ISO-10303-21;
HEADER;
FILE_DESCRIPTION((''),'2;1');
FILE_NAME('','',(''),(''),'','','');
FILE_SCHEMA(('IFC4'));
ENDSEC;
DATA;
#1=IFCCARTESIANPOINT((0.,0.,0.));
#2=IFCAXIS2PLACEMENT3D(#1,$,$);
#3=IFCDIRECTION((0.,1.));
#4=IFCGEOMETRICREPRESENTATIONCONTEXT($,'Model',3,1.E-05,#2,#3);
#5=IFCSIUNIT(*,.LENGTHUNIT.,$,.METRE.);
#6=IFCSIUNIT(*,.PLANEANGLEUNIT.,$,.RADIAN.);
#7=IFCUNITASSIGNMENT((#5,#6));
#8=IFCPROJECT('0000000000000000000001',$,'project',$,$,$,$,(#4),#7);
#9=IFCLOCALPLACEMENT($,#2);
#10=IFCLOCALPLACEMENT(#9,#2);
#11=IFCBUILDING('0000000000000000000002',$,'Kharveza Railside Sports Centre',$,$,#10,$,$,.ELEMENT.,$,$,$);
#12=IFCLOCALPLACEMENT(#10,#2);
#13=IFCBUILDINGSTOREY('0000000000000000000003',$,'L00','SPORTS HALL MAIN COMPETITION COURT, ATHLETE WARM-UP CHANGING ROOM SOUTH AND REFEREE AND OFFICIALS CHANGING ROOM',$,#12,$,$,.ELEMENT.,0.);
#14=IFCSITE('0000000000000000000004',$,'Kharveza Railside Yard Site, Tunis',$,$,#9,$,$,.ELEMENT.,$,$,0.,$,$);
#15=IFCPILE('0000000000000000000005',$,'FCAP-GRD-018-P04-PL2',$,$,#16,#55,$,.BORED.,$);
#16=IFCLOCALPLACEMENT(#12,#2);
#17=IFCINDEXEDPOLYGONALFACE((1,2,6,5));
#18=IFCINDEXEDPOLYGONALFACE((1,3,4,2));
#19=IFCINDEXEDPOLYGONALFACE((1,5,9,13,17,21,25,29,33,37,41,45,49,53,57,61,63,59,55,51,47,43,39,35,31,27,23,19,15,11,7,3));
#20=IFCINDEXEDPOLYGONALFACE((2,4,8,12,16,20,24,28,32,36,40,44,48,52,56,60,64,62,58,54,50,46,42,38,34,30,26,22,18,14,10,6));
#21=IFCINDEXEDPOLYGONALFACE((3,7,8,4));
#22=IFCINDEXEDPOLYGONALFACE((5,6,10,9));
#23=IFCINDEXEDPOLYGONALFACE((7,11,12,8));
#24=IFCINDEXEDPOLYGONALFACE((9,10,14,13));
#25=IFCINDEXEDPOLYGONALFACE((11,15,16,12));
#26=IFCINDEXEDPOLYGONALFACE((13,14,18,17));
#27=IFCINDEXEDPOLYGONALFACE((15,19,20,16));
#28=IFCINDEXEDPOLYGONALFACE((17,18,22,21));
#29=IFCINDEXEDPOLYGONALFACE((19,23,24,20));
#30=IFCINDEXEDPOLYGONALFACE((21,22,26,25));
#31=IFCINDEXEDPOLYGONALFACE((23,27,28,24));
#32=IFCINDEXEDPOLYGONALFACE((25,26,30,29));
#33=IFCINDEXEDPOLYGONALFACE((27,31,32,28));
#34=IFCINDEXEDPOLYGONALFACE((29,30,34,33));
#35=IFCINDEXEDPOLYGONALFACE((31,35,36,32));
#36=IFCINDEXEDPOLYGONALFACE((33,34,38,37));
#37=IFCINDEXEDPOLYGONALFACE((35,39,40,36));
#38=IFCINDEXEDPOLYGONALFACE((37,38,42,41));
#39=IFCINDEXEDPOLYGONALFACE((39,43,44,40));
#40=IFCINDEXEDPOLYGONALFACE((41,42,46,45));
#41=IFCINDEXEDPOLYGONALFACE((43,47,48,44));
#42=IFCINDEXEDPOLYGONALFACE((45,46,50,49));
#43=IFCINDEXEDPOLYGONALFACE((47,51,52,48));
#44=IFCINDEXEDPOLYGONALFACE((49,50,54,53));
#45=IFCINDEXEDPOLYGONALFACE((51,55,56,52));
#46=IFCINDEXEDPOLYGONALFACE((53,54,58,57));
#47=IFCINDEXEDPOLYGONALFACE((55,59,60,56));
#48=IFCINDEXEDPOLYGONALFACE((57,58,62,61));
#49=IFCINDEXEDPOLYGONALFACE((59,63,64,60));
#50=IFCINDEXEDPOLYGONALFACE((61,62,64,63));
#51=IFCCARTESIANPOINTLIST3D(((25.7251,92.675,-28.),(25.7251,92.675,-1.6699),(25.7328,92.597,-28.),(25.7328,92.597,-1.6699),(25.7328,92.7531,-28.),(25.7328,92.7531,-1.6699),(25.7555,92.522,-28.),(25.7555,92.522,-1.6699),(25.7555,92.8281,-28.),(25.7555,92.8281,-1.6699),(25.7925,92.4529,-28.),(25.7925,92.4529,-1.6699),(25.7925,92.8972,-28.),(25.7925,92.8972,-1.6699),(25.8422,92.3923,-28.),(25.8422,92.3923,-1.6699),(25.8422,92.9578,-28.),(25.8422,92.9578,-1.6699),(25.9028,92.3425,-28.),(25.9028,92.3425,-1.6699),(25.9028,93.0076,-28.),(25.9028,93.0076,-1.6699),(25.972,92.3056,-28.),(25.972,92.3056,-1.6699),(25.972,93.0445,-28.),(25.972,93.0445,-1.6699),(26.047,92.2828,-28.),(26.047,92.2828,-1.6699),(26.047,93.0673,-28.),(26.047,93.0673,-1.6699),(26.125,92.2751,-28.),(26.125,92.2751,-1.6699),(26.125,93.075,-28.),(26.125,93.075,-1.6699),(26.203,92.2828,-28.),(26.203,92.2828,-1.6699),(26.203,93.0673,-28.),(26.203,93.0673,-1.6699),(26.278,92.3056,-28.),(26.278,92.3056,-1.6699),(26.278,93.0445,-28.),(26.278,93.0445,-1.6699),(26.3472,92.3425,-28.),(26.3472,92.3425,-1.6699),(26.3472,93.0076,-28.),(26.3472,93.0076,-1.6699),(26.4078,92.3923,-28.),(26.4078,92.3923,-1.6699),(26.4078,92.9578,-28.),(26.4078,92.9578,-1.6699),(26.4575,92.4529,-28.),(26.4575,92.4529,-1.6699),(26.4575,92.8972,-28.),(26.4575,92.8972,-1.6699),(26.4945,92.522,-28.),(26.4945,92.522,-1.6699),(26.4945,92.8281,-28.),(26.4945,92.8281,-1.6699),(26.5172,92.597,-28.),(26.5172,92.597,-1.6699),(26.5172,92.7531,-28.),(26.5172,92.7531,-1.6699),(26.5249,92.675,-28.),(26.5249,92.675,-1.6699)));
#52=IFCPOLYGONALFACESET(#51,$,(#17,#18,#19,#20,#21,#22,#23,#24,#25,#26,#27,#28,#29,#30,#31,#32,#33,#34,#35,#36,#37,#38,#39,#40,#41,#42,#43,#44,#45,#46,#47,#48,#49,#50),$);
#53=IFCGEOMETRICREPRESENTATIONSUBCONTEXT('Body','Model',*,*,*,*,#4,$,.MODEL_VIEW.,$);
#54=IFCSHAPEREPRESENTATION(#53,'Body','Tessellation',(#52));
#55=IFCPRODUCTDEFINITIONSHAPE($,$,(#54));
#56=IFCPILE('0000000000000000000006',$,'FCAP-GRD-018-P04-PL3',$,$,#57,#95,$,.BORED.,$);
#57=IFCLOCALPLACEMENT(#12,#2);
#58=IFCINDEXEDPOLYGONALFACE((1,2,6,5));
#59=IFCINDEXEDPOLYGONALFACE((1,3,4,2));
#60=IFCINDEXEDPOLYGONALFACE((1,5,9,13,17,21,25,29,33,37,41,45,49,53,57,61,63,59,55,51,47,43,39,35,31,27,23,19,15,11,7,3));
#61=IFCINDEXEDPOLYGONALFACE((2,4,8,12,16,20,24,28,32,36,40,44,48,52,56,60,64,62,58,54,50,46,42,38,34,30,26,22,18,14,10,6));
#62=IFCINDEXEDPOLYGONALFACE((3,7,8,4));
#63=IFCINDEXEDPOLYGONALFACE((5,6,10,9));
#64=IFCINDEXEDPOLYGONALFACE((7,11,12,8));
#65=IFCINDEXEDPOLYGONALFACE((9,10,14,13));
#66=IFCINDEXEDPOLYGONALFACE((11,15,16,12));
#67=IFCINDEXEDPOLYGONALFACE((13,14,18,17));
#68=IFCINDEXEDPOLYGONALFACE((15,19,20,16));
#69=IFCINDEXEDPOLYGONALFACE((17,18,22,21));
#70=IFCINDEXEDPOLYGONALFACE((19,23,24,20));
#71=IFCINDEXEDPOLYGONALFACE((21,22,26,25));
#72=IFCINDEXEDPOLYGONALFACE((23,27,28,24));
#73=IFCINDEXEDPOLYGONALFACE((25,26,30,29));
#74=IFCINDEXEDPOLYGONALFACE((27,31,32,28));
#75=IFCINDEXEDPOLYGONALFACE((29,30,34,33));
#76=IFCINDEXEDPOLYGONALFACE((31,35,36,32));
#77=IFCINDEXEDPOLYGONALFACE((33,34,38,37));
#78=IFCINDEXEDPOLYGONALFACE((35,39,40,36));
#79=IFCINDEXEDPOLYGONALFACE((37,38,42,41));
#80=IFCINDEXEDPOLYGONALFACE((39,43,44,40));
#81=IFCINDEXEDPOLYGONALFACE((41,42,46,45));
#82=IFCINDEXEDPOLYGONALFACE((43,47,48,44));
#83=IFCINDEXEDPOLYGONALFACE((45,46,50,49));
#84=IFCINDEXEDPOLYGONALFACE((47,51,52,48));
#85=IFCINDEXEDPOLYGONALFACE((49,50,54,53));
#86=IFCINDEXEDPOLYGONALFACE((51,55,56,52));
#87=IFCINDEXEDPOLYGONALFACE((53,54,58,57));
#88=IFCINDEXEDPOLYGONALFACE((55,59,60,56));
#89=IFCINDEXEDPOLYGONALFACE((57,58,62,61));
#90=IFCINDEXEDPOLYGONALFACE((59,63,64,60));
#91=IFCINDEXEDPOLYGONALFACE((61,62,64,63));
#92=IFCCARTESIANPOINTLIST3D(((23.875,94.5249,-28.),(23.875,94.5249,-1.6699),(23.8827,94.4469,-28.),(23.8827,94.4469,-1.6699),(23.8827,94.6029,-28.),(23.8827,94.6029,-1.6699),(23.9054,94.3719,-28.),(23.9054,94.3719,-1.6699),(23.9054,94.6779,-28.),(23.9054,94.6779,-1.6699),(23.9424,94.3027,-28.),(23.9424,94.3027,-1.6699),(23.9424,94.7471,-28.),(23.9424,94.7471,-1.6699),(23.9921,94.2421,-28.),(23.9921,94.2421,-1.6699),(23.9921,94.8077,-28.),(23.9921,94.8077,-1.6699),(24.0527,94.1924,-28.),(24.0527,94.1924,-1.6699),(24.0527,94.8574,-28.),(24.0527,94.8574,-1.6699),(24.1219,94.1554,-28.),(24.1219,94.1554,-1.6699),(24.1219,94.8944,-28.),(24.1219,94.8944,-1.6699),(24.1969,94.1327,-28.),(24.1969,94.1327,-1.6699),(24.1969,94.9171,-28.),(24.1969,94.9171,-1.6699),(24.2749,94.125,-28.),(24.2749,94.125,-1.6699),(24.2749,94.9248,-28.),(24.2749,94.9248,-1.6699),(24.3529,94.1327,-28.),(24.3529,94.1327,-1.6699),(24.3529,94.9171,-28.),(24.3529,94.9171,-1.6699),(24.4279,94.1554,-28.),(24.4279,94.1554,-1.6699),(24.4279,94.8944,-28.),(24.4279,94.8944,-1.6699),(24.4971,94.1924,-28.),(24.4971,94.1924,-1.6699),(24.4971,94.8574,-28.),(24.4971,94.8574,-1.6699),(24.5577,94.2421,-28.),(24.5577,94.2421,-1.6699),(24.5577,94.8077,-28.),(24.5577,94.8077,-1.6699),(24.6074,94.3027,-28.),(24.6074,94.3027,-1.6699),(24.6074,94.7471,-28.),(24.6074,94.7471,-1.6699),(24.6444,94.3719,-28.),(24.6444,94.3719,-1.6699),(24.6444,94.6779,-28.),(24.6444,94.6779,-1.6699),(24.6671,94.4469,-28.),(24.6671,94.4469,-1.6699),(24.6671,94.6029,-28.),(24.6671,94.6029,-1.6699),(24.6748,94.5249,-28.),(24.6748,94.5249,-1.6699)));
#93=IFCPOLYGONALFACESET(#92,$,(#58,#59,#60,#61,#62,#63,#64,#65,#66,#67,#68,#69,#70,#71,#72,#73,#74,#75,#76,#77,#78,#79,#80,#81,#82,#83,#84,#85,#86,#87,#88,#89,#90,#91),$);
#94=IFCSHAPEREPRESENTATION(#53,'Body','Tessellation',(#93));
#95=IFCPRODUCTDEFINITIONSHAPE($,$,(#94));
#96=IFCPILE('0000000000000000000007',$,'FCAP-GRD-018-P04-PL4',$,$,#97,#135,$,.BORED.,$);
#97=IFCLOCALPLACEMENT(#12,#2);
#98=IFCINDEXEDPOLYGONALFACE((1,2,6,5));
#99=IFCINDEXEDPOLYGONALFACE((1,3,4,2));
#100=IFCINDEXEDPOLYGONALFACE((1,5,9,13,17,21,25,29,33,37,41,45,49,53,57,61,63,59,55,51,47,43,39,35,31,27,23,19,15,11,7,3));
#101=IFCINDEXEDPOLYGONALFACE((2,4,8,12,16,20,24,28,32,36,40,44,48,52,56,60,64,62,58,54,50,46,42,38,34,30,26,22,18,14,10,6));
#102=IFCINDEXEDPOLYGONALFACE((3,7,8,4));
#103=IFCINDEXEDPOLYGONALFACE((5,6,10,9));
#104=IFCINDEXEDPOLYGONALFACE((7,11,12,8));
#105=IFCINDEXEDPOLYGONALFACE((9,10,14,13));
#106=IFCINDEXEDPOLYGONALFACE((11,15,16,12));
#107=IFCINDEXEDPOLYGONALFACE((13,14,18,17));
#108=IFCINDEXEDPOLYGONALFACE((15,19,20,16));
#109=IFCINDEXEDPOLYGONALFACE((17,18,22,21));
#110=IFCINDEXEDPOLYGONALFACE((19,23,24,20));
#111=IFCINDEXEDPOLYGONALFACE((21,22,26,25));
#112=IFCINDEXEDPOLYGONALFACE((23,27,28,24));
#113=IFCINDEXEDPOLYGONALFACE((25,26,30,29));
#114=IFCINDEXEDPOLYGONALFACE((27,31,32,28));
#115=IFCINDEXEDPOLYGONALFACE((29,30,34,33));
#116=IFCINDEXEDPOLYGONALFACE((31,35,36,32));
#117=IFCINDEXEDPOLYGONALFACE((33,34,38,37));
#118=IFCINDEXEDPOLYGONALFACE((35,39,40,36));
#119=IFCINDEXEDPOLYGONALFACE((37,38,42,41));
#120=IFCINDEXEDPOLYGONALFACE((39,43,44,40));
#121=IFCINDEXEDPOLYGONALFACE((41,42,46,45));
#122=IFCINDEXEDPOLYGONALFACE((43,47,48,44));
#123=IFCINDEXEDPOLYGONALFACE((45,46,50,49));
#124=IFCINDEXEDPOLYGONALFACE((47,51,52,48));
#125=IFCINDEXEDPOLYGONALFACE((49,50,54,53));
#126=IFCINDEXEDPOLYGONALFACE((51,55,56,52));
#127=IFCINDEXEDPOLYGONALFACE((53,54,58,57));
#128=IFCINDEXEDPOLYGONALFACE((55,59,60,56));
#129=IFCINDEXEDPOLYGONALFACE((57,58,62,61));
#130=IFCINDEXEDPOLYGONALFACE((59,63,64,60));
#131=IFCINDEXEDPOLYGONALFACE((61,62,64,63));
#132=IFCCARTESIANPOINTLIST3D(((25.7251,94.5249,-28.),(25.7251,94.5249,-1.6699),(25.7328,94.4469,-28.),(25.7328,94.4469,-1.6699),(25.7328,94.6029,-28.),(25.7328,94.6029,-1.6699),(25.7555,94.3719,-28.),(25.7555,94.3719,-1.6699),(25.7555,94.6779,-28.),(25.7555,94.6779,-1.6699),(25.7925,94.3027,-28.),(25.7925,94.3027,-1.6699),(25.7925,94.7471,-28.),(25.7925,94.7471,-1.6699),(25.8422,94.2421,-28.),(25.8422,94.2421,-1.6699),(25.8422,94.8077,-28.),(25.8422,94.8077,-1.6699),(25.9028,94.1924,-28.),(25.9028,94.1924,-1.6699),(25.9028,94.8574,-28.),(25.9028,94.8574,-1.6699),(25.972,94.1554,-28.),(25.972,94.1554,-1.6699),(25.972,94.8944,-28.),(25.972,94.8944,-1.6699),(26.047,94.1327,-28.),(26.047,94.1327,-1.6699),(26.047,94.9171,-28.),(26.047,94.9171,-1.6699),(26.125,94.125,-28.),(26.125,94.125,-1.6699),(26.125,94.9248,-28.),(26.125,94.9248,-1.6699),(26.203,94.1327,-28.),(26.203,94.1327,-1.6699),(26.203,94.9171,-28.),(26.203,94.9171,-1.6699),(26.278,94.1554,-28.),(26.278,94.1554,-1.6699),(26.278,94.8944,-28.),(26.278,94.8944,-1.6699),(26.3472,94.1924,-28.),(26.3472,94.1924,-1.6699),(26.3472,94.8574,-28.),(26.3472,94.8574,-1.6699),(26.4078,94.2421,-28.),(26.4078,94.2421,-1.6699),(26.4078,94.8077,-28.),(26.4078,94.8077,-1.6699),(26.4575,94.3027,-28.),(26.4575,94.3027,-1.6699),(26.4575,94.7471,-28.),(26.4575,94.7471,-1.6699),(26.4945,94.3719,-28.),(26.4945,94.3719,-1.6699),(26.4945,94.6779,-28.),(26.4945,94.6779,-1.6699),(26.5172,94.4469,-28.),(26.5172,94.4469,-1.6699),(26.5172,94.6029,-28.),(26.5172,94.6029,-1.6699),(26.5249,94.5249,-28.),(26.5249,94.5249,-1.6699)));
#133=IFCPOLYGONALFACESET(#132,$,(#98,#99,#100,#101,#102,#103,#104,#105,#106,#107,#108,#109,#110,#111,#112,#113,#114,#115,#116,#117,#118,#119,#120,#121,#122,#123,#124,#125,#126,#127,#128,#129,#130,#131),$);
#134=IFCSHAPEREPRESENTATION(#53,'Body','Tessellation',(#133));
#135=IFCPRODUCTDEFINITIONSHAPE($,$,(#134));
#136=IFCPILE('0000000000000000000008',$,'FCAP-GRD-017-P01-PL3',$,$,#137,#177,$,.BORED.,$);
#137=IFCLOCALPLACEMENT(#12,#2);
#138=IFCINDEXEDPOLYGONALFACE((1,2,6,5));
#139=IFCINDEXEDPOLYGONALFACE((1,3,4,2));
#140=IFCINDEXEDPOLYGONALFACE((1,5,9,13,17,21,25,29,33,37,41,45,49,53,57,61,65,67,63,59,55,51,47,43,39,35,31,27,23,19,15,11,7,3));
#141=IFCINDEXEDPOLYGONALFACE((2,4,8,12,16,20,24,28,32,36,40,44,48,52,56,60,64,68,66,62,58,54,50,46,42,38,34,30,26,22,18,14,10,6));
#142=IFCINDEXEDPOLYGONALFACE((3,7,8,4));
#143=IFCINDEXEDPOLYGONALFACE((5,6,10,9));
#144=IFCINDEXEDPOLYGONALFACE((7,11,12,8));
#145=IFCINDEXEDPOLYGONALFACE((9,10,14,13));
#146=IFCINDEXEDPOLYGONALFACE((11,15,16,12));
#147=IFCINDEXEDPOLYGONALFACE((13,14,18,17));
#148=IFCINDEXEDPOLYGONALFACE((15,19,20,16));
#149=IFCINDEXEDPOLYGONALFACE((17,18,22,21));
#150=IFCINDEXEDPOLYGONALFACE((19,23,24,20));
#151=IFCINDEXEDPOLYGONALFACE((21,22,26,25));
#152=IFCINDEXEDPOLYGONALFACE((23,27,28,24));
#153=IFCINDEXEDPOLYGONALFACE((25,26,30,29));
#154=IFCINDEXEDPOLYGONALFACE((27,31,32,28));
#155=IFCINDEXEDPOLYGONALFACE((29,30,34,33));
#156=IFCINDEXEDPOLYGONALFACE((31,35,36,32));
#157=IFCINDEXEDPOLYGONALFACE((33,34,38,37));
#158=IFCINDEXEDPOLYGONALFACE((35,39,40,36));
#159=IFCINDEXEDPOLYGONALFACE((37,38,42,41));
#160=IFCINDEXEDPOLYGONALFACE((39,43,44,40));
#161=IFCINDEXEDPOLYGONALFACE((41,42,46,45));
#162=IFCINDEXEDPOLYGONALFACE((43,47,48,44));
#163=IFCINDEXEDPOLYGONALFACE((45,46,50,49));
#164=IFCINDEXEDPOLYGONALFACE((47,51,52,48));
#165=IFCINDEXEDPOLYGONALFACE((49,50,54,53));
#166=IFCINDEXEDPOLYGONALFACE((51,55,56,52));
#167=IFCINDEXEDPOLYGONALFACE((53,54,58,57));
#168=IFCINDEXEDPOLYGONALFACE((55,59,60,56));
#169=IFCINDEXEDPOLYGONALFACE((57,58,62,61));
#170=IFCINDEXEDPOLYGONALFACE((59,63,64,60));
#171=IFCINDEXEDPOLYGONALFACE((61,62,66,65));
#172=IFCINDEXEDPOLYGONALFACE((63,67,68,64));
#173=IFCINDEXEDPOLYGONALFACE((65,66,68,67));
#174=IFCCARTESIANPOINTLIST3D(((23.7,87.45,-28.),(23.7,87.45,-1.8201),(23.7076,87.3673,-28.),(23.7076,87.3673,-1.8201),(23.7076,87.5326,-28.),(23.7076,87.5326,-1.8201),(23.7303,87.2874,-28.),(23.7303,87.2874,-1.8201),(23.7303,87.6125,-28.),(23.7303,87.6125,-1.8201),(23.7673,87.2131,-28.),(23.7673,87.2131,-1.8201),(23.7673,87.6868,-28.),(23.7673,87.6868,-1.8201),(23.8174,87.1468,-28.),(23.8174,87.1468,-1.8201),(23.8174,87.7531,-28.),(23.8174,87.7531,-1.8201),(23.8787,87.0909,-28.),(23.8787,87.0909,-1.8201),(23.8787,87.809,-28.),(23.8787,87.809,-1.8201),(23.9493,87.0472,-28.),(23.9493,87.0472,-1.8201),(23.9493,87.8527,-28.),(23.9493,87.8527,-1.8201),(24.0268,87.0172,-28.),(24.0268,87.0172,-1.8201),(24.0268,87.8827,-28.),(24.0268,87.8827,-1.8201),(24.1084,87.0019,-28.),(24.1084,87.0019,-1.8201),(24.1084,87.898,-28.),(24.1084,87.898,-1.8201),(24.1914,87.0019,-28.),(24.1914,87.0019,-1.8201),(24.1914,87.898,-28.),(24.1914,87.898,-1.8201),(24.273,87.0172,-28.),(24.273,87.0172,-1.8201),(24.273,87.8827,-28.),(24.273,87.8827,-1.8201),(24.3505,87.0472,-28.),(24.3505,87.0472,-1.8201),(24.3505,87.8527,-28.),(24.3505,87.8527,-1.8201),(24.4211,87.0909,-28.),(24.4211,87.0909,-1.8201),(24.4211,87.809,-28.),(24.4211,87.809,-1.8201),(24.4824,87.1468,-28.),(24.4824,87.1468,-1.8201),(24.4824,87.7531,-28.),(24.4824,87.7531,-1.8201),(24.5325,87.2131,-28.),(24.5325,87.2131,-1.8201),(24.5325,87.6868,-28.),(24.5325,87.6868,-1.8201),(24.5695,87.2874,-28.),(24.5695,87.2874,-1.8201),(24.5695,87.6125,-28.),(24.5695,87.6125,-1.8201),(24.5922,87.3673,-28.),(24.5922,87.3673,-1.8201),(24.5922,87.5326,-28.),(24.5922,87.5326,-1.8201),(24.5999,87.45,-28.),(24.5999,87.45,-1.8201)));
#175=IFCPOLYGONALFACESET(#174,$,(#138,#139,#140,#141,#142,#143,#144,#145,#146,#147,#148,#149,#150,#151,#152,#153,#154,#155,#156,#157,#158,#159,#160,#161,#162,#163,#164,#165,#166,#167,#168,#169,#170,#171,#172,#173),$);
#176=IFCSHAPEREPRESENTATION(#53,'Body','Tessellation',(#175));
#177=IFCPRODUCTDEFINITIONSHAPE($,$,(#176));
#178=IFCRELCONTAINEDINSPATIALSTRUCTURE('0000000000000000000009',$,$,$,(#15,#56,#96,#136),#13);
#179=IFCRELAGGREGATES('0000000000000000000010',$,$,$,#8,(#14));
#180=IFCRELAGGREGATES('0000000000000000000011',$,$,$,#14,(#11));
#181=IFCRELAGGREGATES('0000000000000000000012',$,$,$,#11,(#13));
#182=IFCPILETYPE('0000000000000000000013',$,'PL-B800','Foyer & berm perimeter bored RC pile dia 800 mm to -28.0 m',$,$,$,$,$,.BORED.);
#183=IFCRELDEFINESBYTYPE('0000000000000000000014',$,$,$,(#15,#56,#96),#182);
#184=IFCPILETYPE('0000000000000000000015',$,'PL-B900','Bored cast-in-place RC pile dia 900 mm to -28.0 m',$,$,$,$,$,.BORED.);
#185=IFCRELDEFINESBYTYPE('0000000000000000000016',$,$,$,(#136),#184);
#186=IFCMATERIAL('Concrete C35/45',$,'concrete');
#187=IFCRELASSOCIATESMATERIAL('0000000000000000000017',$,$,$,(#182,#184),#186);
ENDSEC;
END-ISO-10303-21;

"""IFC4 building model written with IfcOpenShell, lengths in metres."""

from ifc_helpers import new_model, si_unit, direction, frame, origin, origin_2d, place, context, subcontext, project, spatial, circle, extrude, material, material_profile, profile_set, type_object, element, save


model = new_model("IFC4")

# Units and contexts
model_context = context("Model", 3, precision=1e-05, world=origin(), true_north=direction((0.0, 1.0)))
body_context = subcontext(model_context, "Body", "Model", "MODEL_VIEW")
ifc_project = project(units=[si_unit("LENGTHUNIT", "METRE"), si_unit("PLANEANGLEUNIT", "RADIAN")], contexts=[model_context])

# Site, building, storey
site_placement = place(None, origin())
site = spatial("IfcSite", under=ifc_project, at=site_placement, Name="Kharveza Railside Yard Site, Tunis", CompositionType="ELEMENT", RefElevation=0.0)
building_placement = place(site_placement, origin())
building = spatial("IfcBuilding", under=site, at=building_placement, Name="Kharveza Railside Sports Centre", CompositionType="ELEMENT")
storey_placement = place(building_placement, origin())
storey = spatial("IfcBuildingStorey", under=building, at=storey_placement, Name="L00", Description="SPORTS HALL MAIN COMPETITION COURT, ATHLETE WARM-UP CHANGING ROOM SOUTH AND REFEREE AND OFFICIALS CHANGING ROOM", CompositionType="ELEMENT", Elevation=0.0)

# Shared definitions
ifc_material_1 = material(Name="Concrete C35/45", Category="concrete")

# Piles
ifc_material_profile_1 = material_profile(ifc_material_1, circle(Radius=0.3999, at=origin_2d()), Name="PILE D800")
ifc_profile_set_1 = profile_set([ifc_material_profile_1], Name="Concrete C35/45")
pile_type_1 = type_object("IfcPileType", Name="PL-B800", Description="Foyer & berm perimeter bored RC pile dia 800 mm to -28.0 m", PredefinedType="BORED", material=ifc_profile_set_1)
for number, where, z_axis, x_axis, name in (
    (1, (26.125, 92.675, -1.6699), (0.0, 0.0, -1.0), (1.0, 0.0, 0.0), "FCAP-GRD-018-P04-PL2"),
    (2, (24.2749, 94.5249, -1.6699), (0.0, 0.0, -1.0), (1.0, 0.0, 0.0), "FCAP-GRD-018-P04-PL3"),
    (3, (26.125, 94.5249, -1.6699), (0.0, 0.0, -1.0), (1.0, 0.0, 0.0), "FCAP-GRD-018-P04-PL4"),
):
    element("IfcPile", number, at=place(storey_placement, frame(where, z_axis=z_axis, x_axis=x_axis)), inside=storey, type_object=pile_type_1, Name=name, PredefinedType="BORED", context=body_context, shape_type="SweptSolid", body=[
        extrude(circle(Radius=0.3999, at=origin_2d()), origin(), (0.0, 0.0, 1.0), 26.3301),
    ])
ifc_material_profile_2 = material_profile(ifc_material_1, circle(Radius=0.45, at=origin_2d()), Name="PILE D900")
ifc_profile_set_2 = profile_set([ifc_material_profile_2], Name="Concrete C35/45")
pile_type_2 = type_object("IfcPileType", Name="PL-B900", Description="Bored cast-in-place RC pile dia 900 mm to -28.0 m", PredefinedType="BORED", material=ifc_profile_set_2)
for number, where, z_axis, x_axis, name in (
    (4, (24.1499, 87.45, -1.8201), (0.0, 0.0, -1.0), (1.0, 0.0, 0.0), "FCAP-GRD-017-P01-PL3"),
):
    element("IfcPile", number, at=place(storey_placement, frame(where, z_axis=z_axis, x_axis=x_axis)), inside=storey, type_object=pile_type_2, Name=name, PredefinedType="BORED", context=body_context, shape_type="SweptSolid", body=[
        extrude(circle(Radius=0.45, at=origin_2d()), origin(), (0.0, 0.0, 1.0), 26.1799),
    ])

save(model, "model.ifc")
